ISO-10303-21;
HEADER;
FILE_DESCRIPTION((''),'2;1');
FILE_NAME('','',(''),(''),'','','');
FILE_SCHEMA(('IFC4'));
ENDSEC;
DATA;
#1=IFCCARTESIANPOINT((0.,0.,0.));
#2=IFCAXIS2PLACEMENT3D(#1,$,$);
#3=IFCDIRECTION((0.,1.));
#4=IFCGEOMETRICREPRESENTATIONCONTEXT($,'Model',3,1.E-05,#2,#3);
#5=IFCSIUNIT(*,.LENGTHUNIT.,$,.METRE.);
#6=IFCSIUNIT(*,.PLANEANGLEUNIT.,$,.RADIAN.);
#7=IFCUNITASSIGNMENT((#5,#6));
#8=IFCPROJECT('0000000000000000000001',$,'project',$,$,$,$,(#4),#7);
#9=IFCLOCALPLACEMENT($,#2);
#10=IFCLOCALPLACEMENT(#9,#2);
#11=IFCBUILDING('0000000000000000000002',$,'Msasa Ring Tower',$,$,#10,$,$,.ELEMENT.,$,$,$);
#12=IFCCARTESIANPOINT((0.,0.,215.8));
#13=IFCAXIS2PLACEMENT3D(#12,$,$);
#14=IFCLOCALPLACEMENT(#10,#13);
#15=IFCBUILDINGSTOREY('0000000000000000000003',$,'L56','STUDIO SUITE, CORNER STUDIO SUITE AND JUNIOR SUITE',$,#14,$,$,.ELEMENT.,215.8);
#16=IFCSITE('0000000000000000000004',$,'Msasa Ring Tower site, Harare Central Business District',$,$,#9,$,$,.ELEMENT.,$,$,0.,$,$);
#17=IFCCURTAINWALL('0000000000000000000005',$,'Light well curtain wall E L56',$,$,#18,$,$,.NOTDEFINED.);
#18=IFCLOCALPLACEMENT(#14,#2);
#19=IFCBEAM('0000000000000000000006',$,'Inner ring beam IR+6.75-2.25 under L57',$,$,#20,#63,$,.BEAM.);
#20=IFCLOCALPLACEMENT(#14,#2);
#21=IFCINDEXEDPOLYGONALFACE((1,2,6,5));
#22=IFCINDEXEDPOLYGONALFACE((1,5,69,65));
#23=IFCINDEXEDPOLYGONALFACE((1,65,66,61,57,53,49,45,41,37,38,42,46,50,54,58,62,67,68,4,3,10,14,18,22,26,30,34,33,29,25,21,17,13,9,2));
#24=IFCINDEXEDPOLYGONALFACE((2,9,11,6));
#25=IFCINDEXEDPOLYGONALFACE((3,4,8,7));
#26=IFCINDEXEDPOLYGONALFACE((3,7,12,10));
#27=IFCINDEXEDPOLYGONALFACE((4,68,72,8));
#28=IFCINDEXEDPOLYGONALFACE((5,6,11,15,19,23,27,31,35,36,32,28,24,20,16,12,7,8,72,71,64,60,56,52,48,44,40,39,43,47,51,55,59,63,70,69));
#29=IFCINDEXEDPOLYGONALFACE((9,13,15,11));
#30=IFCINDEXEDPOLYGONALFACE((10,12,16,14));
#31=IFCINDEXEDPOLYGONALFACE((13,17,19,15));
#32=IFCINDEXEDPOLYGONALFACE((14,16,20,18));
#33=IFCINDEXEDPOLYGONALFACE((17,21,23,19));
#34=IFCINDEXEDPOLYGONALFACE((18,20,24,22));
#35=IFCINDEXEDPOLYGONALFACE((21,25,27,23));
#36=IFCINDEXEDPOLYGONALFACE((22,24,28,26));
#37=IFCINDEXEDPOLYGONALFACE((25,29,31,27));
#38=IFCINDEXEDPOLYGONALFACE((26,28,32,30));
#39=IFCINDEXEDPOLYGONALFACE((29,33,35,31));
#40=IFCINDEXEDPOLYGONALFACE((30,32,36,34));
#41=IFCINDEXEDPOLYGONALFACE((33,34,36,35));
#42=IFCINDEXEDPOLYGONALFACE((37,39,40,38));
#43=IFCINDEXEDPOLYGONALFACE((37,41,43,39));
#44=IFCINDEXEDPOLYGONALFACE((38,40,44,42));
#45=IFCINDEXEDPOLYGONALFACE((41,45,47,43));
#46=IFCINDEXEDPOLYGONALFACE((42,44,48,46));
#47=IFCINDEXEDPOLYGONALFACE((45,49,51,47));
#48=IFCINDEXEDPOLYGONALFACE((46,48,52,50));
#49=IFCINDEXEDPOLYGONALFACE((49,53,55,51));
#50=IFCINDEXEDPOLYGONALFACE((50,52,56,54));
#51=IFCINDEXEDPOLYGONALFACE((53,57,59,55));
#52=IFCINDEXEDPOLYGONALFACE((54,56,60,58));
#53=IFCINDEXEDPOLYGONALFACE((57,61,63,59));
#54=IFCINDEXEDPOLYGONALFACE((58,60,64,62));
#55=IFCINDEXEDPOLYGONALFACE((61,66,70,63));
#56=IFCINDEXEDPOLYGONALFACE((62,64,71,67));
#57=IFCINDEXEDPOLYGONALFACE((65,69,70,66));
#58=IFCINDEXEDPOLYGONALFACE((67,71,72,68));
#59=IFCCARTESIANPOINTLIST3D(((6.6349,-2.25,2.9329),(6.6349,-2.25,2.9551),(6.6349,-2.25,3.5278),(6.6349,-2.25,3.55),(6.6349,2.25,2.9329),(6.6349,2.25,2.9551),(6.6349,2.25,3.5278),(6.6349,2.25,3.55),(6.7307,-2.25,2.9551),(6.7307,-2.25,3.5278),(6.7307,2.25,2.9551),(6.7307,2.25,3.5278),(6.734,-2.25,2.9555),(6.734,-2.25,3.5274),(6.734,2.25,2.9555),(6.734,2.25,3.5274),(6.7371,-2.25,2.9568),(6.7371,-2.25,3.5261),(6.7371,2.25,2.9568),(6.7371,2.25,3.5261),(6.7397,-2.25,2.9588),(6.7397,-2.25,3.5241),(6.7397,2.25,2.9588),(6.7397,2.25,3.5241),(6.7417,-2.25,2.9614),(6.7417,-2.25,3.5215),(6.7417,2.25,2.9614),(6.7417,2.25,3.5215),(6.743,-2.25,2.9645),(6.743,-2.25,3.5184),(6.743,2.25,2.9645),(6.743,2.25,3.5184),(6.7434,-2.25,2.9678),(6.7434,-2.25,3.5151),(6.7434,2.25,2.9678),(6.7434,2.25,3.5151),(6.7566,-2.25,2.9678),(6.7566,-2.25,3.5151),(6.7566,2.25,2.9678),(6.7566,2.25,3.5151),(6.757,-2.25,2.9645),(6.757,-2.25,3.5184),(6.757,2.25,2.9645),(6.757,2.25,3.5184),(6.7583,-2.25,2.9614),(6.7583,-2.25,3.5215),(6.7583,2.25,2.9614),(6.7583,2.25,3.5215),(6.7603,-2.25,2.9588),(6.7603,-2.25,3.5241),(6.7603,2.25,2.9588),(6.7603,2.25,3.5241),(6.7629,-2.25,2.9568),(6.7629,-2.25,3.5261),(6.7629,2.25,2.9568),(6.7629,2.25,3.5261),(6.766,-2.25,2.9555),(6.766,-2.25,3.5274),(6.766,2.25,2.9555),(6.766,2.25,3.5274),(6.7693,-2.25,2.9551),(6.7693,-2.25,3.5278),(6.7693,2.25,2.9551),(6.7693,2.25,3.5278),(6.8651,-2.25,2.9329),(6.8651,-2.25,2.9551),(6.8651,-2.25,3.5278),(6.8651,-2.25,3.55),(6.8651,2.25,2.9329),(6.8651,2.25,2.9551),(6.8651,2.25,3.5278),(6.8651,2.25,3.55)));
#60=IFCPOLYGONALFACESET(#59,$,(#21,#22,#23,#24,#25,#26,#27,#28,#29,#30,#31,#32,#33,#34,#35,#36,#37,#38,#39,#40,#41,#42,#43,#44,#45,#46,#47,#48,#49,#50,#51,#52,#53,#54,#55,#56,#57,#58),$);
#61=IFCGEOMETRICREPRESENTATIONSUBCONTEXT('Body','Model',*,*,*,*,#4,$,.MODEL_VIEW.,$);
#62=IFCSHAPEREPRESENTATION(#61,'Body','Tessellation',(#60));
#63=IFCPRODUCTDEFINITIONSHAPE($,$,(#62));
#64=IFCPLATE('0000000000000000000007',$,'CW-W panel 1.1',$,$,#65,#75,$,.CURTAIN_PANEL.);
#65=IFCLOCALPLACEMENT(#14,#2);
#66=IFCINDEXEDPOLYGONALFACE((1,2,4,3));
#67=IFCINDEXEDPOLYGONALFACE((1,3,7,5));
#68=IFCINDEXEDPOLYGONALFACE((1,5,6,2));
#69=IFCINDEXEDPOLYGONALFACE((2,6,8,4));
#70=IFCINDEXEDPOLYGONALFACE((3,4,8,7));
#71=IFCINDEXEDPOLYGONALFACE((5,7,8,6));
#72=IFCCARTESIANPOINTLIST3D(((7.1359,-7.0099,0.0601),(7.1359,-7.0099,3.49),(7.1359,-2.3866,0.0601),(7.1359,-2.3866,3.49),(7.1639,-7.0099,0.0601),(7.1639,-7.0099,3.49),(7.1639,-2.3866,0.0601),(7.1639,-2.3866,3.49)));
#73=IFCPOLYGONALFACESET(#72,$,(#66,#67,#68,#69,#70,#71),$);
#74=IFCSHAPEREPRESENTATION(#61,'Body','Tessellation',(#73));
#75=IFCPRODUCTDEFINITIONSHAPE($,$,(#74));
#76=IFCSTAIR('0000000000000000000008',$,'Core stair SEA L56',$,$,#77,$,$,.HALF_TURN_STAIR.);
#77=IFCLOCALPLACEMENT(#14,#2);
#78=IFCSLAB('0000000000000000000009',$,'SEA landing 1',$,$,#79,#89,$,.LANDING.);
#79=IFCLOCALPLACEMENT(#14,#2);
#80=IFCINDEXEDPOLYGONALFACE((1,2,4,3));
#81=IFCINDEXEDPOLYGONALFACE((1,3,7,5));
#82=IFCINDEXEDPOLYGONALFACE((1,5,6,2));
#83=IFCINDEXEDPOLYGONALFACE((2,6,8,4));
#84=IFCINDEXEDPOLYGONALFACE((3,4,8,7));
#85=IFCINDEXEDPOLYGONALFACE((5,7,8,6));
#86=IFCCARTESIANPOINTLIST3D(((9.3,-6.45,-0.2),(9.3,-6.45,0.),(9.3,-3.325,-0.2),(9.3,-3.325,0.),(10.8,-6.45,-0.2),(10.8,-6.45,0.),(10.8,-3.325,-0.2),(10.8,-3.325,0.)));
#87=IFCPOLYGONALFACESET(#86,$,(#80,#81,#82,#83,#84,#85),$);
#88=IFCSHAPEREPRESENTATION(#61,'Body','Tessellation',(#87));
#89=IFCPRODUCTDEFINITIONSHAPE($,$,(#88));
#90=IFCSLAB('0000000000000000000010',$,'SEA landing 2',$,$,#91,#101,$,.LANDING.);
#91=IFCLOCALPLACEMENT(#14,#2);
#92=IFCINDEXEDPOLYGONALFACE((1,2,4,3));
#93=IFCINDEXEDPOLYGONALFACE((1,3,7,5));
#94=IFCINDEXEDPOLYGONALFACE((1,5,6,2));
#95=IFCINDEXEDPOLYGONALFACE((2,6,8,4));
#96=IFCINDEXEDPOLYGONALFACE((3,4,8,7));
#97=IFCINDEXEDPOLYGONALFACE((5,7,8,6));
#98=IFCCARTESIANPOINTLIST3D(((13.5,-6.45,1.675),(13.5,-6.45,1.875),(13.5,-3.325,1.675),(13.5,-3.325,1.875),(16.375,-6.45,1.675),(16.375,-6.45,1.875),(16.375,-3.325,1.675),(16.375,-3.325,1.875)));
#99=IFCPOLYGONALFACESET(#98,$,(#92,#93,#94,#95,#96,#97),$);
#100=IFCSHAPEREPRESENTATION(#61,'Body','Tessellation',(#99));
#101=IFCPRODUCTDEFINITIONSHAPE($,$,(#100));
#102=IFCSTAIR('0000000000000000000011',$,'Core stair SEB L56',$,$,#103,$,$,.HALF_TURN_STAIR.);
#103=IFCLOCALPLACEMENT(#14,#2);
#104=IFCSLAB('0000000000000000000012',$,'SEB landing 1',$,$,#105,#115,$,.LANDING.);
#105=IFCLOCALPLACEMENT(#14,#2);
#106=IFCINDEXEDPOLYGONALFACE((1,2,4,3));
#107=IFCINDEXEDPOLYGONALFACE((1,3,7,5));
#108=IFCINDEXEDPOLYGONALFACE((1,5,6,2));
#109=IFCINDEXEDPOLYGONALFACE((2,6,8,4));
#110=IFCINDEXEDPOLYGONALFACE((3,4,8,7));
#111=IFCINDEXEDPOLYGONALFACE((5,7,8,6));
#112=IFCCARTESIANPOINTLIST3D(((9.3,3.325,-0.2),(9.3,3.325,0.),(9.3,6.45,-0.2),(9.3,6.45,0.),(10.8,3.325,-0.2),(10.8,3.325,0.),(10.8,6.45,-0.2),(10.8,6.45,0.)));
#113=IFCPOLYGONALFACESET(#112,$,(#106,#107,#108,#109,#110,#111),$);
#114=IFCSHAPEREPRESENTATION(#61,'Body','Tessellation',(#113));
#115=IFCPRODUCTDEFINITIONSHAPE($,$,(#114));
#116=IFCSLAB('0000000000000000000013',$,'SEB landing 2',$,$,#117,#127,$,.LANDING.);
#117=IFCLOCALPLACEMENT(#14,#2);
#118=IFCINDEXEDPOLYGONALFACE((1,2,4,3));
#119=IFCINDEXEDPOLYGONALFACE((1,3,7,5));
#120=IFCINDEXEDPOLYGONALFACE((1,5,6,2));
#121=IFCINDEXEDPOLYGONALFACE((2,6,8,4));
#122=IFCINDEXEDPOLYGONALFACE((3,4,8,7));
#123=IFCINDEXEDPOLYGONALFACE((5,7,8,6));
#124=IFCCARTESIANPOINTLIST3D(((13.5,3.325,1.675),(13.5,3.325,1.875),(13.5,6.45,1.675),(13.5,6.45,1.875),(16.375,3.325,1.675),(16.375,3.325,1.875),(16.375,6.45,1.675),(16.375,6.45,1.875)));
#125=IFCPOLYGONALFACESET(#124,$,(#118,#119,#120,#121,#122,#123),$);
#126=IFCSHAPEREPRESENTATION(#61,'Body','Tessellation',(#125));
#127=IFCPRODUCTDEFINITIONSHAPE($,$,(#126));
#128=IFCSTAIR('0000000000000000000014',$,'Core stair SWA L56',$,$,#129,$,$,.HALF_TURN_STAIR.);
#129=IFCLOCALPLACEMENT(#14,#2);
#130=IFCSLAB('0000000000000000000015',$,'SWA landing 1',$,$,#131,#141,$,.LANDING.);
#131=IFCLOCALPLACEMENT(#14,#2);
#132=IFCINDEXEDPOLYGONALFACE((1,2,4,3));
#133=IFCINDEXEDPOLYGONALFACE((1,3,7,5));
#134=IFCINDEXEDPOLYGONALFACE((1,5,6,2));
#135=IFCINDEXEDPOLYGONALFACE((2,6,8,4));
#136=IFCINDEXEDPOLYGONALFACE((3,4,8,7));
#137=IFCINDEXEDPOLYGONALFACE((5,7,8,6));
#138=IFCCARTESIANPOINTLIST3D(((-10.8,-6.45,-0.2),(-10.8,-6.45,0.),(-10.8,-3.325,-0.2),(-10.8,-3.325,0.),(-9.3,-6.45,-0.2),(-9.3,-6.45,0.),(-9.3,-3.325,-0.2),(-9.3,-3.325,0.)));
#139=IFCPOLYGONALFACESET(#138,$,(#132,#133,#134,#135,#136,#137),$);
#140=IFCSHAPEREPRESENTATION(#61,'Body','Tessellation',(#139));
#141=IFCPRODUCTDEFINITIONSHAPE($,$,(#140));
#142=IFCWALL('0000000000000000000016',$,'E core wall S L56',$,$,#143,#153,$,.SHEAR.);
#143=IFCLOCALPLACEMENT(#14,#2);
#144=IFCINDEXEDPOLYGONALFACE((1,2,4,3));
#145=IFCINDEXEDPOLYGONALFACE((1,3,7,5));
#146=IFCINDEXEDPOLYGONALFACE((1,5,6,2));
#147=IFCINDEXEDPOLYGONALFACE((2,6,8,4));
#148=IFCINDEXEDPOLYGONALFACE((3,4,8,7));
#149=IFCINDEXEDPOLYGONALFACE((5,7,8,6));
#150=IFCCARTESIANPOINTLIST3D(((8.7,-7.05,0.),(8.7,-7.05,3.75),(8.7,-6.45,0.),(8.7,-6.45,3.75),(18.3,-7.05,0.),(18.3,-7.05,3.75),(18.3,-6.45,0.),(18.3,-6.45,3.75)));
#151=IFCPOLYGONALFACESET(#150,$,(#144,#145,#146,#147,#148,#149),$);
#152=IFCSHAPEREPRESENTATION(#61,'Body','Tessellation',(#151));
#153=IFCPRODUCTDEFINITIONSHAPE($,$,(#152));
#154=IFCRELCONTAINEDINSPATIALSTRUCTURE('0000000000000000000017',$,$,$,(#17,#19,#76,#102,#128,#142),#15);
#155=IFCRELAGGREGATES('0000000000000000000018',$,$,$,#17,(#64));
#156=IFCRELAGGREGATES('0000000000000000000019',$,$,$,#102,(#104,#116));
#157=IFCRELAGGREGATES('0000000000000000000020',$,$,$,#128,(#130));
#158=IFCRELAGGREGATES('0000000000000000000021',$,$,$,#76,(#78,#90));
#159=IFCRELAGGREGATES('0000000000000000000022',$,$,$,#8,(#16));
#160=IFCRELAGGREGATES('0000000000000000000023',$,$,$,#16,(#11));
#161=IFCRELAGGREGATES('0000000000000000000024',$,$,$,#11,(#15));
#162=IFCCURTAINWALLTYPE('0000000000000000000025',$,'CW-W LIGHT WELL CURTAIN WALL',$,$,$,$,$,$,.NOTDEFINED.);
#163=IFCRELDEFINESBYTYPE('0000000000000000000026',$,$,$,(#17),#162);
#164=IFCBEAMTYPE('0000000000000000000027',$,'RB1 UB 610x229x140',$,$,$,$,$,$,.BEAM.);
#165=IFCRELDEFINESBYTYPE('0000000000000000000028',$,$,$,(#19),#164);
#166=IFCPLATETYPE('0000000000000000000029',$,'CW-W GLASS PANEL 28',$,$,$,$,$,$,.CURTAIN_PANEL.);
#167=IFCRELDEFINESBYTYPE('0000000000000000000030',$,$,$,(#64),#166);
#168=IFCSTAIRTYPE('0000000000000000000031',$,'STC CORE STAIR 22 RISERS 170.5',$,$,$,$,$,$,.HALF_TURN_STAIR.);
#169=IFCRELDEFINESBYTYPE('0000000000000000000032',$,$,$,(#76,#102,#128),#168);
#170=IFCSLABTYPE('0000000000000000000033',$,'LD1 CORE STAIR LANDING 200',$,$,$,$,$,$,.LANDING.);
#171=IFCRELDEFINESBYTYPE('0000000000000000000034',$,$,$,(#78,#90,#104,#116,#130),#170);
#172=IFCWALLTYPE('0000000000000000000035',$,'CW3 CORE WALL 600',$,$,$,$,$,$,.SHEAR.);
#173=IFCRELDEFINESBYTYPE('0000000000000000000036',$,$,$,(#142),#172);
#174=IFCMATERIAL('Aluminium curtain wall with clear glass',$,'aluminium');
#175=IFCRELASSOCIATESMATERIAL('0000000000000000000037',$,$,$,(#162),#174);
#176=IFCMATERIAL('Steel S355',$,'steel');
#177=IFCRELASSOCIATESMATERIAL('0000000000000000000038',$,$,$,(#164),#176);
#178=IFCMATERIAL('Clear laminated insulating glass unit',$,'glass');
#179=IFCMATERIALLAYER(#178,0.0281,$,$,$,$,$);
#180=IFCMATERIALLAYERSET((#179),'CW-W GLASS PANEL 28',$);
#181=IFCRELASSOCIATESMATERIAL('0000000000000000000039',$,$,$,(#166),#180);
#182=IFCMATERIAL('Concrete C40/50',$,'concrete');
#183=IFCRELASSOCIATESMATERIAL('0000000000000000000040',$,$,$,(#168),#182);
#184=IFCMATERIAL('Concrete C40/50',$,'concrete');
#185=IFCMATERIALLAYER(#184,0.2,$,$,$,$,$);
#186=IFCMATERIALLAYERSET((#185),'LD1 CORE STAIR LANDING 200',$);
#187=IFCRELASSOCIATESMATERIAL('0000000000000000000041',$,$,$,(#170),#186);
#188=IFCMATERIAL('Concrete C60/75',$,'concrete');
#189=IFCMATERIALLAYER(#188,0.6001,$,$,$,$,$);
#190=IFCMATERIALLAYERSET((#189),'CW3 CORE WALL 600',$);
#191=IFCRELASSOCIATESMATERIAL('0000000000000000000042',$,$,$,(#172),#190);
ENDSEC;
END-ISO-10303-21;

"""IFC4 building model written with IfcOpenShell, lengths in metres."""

from ifc_helpers import new_model, si_unit, direction, frame, frame_2d, origin, origin_2d, place, context, subcontext, project, spatial, polyline, rectangle, i_section, outline, extrude, material, layer, layer_set, material_profile, profile_set, type_object, element, aggregate, save


model = new_model("IFC4")

# Units and contexts
model_context = context("Model", 3, precision=1e-05, world=origin(), true_north=direction((0.0, 1.0)))
body_context = subcontext(model_context, "Body", "Model", "MODEL_VIEW")
ifc_project = project(units=[si_unit("LENGTHUNIT", "METRE"), si_unit("PLANEANGLEUNIT", "RADIAN")], contexts=[model_context])

# Site, building, storey
site_placement = place(None, origin())
site = spatial("IfcSite", under=ifc_project, at=site_placement, Name="Msasa Ring Tower site, Harare Central Business District", CompositionType="ELEMENT", RefElevation=0.0)
building_placement = place(site_placement, origin())
building = spatial("IfcBuilding", under=site, at=building_placement, Name="Msasa Ring Tower", CompositionType="ELEMENT")
storey_placement = place(building_placement, frame((0.0, 0.0, 215.8)))
storey = spatial("IfcBuildingStorey", under=building, at=storey_placement, Name="L56", Description="STUDIO SUITE, CORNER STUDIO SUITE AND JUNIOR SUITE", CompositionType="ELEMENT", Elevation=215.8)

# Curtain wall
ifc_material_1 = material(Name="Aluminium curtain wall with clear glass", Category="aluminium")
curtain_wall_type = type_object("IfcCurtainWallType", Name="CW-W LIGHT WELL CURTAIN WALL", PredefinedType="NOTDEFINED", material=ifc_material_1)
curtain_wall_placement = place(storey_placement, origin())
curtain_wall = element("IfcCurtainWall", 1, at=curtain_wall_placement, inside=storey, type_object=curtain_wall_type, Name="Light well curtain wall E L56", PredefinedType="NOTDEFINED")

# Beam
ifc_material_2 = material(Name="Steel S355", Category="steel")
ifc_material_profile_1 = material_profile(ifc_material_2, i_section(OverallWidth=0.2302, OverallDepth=0.6172, WebThickness=0.0132, FlangeThickness=0.0222, FilletRadius=0.0127, at=origin_2d()), Name="UB 610x229x140")
ifc_profile_set_1 = profile_set([ifc_material_profile_1], Name="Steel S355")
beam_type = type_object("IfcBeamType", Name="RB1 UB 610x229x140", PredefinedType="BEAM", material=ifc_profile_set_1)
for number, where, z_axis, x_axis, name in (
    (2, (6.75, -2.25, 3.2415), (0.0, 1.0, 0.0), (-1.0, 0.0, 0.0), "Inner ring beam IR+6.75-2.25 under L57"),
):
    element("IfcBeam", number, at=place(storey_placement, frame(where, z_axis=z_axis, x_axis=x_axis)), inside=storey, type_object=beam_type, Name=name, PredefinedType="BEAM", context=body_context, shape_type="SweptSolid", body=[
        extrude(i_section(OverallWidth=0.2302, OverallDepth=0.6172, WebThickness=0.0132, FlangeThickness=0.0222, FilletRadius=0.0127, at=origin_2d()), origin(), (0.0, 0.0, 1.0), 4.5),
    ])

# Plate
ifc_material_3 = material(Name="Clear laminated insulating glass unit", Category="glass")
ifc_layer_1 = layer(ifc_material_3, 0.0281)
ifc_layer_set_1 = layer_set([ifc_layer_1], Name="CW-W GLASS PANEL 28")
plate_type = type_object("IfcPlateType", Name="CW-W GLASS PANEL 28", PredefinedType="CURTAIN_PANEL", material=ifc_layer_set_1)
plate_placement = place(storey_placement, frame((7.1499, -4.6982, 0.0601), z_axis=(0.0, 0.0, 1.0), x_axis=(0.0, 1.0, 0.0)))
plate = element("IfcPlate", 3, at=plate_placement, type_object=plate_type, Name="CW-W panel 1.1", PredefinedType="CURTAIN_PANEL", context=body_context, shape_type="SweptSolid", body=[
    extrude(rectangle(XDim=4.6233, YDim=0.0281, at=origin_2d()), origin(), (0.0, 0.0, 1.0), 3.4299),
])
aggregate(curtain_wall, [plate])

# Stairs, slabs
ifc_material_4 = material(Name="Concrete C40/50", Category="concrete")
stair_type = type_object("IfcStairType", Name="STC CORE STAIR 22 RISERS 170.5", PredefinedType="HALF_TURN_STAIR", material=ifc_material_4)
stair_1_placement = place(storey_placement, origin())
stair_1 = element("IfcStair", 4, at=stair_1_placement, inside=storey, type_object=stair_type, Name="Core stair SEA L56", PredefinedType="HALF_TURN_STAIR")
ifc_material_5 = material(Name="Concrete C40/50", Category="concrete")
ifc_layer_2 = layer(ifc_material_5, 0.2)
ifc_layer_set_2 = layer_set([ifc_layer_2], Name="LD1 CORE STAIR LANDING 200")
slab_type = type_object("IfcSlabType", Name="LD1 CORE STAIR LANDING 200", PredefinedType="LANDING", material=ifc_layer_set_2)
slab_1_placement = place(storey_placement, frame((0.0, 0.0, -0.2)))
slab_1 = element("IfcSlab", 5, at=slab_1_placement, type_object=slab_type, Name="SEA landing 1", PredefinedType="LANDING", context=body_context, shape_type="SweptSolid", body=[
    extrude(outline(polyline([(9.3, -6.45), (10.8, -6.45), (10.8, -3.325), (9.3, -3.325), (9.3, -6.45)])), origin(), (0.0, 0.0, 1.0), 0.2),
])
slab_2_placement = place(storey_placement, frame((0.0, 0.0, 1.675)))
slab_2 = element("IfcSlab", 6, at=slab_2_placement, type_object=slab_type, Name="SEA landing 2", PredefinedType="LANDING", context=body_context, shape_type="SweptSolid", body=[
    extrude(outline(polyline([(13.5, -6.45), (16.375, -6.45), (16.375, -3.325), (13.5, -3.325), (13.5, -6.45)])), origin(), (0.0, 0.0, 1.0), 0.2),
])
stair_2_placement = place(storey_placement, origin())
stair_2 = element("IfcStair", 7, at=stair_2_placement, inside=storey, type_object=stair_type, Name="Core stair SEB L56", PredefinedType="HALF_TURN_STAIR")
slab_3_placement = place(storey_placement, frame((0.0, 0.0, -0.2)))
slab_3 = element("IfcSlab", 8, at=slab_3_placement, type_object=slab_type, Name="SEB landing 1", PredefinedType="LANDING", context=body_context, shape_type="SweptSolid", body=[
    extrude(outline(polyline([(9.3, 3.325), (10.8, 3.325), (10.8, 6.45), (9.3, 6.45), (9.3, 3.325)])), origin(), (0.0, 0.0, 1.0), 0.2),
])
slab_4_placement = place(storey_placement, frame((0.0, 0.0, 1.675)))
slab_4 = element("IfcSlab", 9, at=slab_4_placement, type_object=slab_type, Name="SEB landing 2", PredefinedType="LANDING", context=body_context, shape_type="SweptSolid", body=[
    extrude(outline(polyline([(13.5, 3.325), (16.375, 3.325), (16.375, 6.45), (13.5, 6.45), (13.5, 3.325)])), origin(), (0.0, 0.0, 1.0), 0.2),
])
aggregate(stair_2, [slab_3, slab_4])

# Stair, slab
stair_3_placement = place(storey_placement, origin())
stair_3 = element("IfcStair", 10, at=stair_3_placement, inside=storey, type_object=stair_type, Name="Core stair SWA L56", PredefinedType="HALF_TURN_STAIR")
slab_5_placement = place(storey_placement, frame((0.0, 0.0, -0.2)))
slab_5 = element("IfcSlab", 11, at=slab_5_placement, type_object=slab_type, Name="SWA landing 1", PredefinedType="LANDING", context=body_context, shape_type="SweptSolid", body=[
    extrude(outline(polyline([(-10.8, -6.45), (-9.3, -6.45), (-9.3, -3.325), (-10.8, -3.325), (-10.8, -6.45)])), origin(), (0.0, 0.0, 1.0), 0.2),
])
aggregate(stair_3, [slab_5])

# Wall
ifc_material_6 = material(Name="Concrete C60/75", Category="concrete")
ifc_layer_3 = layer(ifc_material_6, 0.6001)
ifc_layer_set_3 = layer_set([ifc_layer_3], Name="CW3 CORE WALL 600")
wall_type_1 = type_object("IfcWallType", Name="CW3 CORE WALL 600", PredefinedType="SHEAR", material=ifc_layer_set_3)
wall_1_placement = place(storey_placement, frame((8.7, -6.75, 0.0), z_axis=(0.0, 0.0, 1.0), x_axis=(1.0, 0.0, 0.0)))
element("IfcWall", 12, at=wall_1_placement, inside=storey, type_object=wall_type_1, Name="E core wall S L56", PredefinedType="SHEAR", context=body_context, shape_type="SweptSolid", body=[
    extrude(rectangle(XDim=9.6001, YDim=0.6001, at=frame_2d((4.8, 0.0))), origin(), (0.0, 0.0, 1.0), 3.75),
])

aggregate(stair_1, [slab_1, slab_2])

save(model, "model.ifc")
